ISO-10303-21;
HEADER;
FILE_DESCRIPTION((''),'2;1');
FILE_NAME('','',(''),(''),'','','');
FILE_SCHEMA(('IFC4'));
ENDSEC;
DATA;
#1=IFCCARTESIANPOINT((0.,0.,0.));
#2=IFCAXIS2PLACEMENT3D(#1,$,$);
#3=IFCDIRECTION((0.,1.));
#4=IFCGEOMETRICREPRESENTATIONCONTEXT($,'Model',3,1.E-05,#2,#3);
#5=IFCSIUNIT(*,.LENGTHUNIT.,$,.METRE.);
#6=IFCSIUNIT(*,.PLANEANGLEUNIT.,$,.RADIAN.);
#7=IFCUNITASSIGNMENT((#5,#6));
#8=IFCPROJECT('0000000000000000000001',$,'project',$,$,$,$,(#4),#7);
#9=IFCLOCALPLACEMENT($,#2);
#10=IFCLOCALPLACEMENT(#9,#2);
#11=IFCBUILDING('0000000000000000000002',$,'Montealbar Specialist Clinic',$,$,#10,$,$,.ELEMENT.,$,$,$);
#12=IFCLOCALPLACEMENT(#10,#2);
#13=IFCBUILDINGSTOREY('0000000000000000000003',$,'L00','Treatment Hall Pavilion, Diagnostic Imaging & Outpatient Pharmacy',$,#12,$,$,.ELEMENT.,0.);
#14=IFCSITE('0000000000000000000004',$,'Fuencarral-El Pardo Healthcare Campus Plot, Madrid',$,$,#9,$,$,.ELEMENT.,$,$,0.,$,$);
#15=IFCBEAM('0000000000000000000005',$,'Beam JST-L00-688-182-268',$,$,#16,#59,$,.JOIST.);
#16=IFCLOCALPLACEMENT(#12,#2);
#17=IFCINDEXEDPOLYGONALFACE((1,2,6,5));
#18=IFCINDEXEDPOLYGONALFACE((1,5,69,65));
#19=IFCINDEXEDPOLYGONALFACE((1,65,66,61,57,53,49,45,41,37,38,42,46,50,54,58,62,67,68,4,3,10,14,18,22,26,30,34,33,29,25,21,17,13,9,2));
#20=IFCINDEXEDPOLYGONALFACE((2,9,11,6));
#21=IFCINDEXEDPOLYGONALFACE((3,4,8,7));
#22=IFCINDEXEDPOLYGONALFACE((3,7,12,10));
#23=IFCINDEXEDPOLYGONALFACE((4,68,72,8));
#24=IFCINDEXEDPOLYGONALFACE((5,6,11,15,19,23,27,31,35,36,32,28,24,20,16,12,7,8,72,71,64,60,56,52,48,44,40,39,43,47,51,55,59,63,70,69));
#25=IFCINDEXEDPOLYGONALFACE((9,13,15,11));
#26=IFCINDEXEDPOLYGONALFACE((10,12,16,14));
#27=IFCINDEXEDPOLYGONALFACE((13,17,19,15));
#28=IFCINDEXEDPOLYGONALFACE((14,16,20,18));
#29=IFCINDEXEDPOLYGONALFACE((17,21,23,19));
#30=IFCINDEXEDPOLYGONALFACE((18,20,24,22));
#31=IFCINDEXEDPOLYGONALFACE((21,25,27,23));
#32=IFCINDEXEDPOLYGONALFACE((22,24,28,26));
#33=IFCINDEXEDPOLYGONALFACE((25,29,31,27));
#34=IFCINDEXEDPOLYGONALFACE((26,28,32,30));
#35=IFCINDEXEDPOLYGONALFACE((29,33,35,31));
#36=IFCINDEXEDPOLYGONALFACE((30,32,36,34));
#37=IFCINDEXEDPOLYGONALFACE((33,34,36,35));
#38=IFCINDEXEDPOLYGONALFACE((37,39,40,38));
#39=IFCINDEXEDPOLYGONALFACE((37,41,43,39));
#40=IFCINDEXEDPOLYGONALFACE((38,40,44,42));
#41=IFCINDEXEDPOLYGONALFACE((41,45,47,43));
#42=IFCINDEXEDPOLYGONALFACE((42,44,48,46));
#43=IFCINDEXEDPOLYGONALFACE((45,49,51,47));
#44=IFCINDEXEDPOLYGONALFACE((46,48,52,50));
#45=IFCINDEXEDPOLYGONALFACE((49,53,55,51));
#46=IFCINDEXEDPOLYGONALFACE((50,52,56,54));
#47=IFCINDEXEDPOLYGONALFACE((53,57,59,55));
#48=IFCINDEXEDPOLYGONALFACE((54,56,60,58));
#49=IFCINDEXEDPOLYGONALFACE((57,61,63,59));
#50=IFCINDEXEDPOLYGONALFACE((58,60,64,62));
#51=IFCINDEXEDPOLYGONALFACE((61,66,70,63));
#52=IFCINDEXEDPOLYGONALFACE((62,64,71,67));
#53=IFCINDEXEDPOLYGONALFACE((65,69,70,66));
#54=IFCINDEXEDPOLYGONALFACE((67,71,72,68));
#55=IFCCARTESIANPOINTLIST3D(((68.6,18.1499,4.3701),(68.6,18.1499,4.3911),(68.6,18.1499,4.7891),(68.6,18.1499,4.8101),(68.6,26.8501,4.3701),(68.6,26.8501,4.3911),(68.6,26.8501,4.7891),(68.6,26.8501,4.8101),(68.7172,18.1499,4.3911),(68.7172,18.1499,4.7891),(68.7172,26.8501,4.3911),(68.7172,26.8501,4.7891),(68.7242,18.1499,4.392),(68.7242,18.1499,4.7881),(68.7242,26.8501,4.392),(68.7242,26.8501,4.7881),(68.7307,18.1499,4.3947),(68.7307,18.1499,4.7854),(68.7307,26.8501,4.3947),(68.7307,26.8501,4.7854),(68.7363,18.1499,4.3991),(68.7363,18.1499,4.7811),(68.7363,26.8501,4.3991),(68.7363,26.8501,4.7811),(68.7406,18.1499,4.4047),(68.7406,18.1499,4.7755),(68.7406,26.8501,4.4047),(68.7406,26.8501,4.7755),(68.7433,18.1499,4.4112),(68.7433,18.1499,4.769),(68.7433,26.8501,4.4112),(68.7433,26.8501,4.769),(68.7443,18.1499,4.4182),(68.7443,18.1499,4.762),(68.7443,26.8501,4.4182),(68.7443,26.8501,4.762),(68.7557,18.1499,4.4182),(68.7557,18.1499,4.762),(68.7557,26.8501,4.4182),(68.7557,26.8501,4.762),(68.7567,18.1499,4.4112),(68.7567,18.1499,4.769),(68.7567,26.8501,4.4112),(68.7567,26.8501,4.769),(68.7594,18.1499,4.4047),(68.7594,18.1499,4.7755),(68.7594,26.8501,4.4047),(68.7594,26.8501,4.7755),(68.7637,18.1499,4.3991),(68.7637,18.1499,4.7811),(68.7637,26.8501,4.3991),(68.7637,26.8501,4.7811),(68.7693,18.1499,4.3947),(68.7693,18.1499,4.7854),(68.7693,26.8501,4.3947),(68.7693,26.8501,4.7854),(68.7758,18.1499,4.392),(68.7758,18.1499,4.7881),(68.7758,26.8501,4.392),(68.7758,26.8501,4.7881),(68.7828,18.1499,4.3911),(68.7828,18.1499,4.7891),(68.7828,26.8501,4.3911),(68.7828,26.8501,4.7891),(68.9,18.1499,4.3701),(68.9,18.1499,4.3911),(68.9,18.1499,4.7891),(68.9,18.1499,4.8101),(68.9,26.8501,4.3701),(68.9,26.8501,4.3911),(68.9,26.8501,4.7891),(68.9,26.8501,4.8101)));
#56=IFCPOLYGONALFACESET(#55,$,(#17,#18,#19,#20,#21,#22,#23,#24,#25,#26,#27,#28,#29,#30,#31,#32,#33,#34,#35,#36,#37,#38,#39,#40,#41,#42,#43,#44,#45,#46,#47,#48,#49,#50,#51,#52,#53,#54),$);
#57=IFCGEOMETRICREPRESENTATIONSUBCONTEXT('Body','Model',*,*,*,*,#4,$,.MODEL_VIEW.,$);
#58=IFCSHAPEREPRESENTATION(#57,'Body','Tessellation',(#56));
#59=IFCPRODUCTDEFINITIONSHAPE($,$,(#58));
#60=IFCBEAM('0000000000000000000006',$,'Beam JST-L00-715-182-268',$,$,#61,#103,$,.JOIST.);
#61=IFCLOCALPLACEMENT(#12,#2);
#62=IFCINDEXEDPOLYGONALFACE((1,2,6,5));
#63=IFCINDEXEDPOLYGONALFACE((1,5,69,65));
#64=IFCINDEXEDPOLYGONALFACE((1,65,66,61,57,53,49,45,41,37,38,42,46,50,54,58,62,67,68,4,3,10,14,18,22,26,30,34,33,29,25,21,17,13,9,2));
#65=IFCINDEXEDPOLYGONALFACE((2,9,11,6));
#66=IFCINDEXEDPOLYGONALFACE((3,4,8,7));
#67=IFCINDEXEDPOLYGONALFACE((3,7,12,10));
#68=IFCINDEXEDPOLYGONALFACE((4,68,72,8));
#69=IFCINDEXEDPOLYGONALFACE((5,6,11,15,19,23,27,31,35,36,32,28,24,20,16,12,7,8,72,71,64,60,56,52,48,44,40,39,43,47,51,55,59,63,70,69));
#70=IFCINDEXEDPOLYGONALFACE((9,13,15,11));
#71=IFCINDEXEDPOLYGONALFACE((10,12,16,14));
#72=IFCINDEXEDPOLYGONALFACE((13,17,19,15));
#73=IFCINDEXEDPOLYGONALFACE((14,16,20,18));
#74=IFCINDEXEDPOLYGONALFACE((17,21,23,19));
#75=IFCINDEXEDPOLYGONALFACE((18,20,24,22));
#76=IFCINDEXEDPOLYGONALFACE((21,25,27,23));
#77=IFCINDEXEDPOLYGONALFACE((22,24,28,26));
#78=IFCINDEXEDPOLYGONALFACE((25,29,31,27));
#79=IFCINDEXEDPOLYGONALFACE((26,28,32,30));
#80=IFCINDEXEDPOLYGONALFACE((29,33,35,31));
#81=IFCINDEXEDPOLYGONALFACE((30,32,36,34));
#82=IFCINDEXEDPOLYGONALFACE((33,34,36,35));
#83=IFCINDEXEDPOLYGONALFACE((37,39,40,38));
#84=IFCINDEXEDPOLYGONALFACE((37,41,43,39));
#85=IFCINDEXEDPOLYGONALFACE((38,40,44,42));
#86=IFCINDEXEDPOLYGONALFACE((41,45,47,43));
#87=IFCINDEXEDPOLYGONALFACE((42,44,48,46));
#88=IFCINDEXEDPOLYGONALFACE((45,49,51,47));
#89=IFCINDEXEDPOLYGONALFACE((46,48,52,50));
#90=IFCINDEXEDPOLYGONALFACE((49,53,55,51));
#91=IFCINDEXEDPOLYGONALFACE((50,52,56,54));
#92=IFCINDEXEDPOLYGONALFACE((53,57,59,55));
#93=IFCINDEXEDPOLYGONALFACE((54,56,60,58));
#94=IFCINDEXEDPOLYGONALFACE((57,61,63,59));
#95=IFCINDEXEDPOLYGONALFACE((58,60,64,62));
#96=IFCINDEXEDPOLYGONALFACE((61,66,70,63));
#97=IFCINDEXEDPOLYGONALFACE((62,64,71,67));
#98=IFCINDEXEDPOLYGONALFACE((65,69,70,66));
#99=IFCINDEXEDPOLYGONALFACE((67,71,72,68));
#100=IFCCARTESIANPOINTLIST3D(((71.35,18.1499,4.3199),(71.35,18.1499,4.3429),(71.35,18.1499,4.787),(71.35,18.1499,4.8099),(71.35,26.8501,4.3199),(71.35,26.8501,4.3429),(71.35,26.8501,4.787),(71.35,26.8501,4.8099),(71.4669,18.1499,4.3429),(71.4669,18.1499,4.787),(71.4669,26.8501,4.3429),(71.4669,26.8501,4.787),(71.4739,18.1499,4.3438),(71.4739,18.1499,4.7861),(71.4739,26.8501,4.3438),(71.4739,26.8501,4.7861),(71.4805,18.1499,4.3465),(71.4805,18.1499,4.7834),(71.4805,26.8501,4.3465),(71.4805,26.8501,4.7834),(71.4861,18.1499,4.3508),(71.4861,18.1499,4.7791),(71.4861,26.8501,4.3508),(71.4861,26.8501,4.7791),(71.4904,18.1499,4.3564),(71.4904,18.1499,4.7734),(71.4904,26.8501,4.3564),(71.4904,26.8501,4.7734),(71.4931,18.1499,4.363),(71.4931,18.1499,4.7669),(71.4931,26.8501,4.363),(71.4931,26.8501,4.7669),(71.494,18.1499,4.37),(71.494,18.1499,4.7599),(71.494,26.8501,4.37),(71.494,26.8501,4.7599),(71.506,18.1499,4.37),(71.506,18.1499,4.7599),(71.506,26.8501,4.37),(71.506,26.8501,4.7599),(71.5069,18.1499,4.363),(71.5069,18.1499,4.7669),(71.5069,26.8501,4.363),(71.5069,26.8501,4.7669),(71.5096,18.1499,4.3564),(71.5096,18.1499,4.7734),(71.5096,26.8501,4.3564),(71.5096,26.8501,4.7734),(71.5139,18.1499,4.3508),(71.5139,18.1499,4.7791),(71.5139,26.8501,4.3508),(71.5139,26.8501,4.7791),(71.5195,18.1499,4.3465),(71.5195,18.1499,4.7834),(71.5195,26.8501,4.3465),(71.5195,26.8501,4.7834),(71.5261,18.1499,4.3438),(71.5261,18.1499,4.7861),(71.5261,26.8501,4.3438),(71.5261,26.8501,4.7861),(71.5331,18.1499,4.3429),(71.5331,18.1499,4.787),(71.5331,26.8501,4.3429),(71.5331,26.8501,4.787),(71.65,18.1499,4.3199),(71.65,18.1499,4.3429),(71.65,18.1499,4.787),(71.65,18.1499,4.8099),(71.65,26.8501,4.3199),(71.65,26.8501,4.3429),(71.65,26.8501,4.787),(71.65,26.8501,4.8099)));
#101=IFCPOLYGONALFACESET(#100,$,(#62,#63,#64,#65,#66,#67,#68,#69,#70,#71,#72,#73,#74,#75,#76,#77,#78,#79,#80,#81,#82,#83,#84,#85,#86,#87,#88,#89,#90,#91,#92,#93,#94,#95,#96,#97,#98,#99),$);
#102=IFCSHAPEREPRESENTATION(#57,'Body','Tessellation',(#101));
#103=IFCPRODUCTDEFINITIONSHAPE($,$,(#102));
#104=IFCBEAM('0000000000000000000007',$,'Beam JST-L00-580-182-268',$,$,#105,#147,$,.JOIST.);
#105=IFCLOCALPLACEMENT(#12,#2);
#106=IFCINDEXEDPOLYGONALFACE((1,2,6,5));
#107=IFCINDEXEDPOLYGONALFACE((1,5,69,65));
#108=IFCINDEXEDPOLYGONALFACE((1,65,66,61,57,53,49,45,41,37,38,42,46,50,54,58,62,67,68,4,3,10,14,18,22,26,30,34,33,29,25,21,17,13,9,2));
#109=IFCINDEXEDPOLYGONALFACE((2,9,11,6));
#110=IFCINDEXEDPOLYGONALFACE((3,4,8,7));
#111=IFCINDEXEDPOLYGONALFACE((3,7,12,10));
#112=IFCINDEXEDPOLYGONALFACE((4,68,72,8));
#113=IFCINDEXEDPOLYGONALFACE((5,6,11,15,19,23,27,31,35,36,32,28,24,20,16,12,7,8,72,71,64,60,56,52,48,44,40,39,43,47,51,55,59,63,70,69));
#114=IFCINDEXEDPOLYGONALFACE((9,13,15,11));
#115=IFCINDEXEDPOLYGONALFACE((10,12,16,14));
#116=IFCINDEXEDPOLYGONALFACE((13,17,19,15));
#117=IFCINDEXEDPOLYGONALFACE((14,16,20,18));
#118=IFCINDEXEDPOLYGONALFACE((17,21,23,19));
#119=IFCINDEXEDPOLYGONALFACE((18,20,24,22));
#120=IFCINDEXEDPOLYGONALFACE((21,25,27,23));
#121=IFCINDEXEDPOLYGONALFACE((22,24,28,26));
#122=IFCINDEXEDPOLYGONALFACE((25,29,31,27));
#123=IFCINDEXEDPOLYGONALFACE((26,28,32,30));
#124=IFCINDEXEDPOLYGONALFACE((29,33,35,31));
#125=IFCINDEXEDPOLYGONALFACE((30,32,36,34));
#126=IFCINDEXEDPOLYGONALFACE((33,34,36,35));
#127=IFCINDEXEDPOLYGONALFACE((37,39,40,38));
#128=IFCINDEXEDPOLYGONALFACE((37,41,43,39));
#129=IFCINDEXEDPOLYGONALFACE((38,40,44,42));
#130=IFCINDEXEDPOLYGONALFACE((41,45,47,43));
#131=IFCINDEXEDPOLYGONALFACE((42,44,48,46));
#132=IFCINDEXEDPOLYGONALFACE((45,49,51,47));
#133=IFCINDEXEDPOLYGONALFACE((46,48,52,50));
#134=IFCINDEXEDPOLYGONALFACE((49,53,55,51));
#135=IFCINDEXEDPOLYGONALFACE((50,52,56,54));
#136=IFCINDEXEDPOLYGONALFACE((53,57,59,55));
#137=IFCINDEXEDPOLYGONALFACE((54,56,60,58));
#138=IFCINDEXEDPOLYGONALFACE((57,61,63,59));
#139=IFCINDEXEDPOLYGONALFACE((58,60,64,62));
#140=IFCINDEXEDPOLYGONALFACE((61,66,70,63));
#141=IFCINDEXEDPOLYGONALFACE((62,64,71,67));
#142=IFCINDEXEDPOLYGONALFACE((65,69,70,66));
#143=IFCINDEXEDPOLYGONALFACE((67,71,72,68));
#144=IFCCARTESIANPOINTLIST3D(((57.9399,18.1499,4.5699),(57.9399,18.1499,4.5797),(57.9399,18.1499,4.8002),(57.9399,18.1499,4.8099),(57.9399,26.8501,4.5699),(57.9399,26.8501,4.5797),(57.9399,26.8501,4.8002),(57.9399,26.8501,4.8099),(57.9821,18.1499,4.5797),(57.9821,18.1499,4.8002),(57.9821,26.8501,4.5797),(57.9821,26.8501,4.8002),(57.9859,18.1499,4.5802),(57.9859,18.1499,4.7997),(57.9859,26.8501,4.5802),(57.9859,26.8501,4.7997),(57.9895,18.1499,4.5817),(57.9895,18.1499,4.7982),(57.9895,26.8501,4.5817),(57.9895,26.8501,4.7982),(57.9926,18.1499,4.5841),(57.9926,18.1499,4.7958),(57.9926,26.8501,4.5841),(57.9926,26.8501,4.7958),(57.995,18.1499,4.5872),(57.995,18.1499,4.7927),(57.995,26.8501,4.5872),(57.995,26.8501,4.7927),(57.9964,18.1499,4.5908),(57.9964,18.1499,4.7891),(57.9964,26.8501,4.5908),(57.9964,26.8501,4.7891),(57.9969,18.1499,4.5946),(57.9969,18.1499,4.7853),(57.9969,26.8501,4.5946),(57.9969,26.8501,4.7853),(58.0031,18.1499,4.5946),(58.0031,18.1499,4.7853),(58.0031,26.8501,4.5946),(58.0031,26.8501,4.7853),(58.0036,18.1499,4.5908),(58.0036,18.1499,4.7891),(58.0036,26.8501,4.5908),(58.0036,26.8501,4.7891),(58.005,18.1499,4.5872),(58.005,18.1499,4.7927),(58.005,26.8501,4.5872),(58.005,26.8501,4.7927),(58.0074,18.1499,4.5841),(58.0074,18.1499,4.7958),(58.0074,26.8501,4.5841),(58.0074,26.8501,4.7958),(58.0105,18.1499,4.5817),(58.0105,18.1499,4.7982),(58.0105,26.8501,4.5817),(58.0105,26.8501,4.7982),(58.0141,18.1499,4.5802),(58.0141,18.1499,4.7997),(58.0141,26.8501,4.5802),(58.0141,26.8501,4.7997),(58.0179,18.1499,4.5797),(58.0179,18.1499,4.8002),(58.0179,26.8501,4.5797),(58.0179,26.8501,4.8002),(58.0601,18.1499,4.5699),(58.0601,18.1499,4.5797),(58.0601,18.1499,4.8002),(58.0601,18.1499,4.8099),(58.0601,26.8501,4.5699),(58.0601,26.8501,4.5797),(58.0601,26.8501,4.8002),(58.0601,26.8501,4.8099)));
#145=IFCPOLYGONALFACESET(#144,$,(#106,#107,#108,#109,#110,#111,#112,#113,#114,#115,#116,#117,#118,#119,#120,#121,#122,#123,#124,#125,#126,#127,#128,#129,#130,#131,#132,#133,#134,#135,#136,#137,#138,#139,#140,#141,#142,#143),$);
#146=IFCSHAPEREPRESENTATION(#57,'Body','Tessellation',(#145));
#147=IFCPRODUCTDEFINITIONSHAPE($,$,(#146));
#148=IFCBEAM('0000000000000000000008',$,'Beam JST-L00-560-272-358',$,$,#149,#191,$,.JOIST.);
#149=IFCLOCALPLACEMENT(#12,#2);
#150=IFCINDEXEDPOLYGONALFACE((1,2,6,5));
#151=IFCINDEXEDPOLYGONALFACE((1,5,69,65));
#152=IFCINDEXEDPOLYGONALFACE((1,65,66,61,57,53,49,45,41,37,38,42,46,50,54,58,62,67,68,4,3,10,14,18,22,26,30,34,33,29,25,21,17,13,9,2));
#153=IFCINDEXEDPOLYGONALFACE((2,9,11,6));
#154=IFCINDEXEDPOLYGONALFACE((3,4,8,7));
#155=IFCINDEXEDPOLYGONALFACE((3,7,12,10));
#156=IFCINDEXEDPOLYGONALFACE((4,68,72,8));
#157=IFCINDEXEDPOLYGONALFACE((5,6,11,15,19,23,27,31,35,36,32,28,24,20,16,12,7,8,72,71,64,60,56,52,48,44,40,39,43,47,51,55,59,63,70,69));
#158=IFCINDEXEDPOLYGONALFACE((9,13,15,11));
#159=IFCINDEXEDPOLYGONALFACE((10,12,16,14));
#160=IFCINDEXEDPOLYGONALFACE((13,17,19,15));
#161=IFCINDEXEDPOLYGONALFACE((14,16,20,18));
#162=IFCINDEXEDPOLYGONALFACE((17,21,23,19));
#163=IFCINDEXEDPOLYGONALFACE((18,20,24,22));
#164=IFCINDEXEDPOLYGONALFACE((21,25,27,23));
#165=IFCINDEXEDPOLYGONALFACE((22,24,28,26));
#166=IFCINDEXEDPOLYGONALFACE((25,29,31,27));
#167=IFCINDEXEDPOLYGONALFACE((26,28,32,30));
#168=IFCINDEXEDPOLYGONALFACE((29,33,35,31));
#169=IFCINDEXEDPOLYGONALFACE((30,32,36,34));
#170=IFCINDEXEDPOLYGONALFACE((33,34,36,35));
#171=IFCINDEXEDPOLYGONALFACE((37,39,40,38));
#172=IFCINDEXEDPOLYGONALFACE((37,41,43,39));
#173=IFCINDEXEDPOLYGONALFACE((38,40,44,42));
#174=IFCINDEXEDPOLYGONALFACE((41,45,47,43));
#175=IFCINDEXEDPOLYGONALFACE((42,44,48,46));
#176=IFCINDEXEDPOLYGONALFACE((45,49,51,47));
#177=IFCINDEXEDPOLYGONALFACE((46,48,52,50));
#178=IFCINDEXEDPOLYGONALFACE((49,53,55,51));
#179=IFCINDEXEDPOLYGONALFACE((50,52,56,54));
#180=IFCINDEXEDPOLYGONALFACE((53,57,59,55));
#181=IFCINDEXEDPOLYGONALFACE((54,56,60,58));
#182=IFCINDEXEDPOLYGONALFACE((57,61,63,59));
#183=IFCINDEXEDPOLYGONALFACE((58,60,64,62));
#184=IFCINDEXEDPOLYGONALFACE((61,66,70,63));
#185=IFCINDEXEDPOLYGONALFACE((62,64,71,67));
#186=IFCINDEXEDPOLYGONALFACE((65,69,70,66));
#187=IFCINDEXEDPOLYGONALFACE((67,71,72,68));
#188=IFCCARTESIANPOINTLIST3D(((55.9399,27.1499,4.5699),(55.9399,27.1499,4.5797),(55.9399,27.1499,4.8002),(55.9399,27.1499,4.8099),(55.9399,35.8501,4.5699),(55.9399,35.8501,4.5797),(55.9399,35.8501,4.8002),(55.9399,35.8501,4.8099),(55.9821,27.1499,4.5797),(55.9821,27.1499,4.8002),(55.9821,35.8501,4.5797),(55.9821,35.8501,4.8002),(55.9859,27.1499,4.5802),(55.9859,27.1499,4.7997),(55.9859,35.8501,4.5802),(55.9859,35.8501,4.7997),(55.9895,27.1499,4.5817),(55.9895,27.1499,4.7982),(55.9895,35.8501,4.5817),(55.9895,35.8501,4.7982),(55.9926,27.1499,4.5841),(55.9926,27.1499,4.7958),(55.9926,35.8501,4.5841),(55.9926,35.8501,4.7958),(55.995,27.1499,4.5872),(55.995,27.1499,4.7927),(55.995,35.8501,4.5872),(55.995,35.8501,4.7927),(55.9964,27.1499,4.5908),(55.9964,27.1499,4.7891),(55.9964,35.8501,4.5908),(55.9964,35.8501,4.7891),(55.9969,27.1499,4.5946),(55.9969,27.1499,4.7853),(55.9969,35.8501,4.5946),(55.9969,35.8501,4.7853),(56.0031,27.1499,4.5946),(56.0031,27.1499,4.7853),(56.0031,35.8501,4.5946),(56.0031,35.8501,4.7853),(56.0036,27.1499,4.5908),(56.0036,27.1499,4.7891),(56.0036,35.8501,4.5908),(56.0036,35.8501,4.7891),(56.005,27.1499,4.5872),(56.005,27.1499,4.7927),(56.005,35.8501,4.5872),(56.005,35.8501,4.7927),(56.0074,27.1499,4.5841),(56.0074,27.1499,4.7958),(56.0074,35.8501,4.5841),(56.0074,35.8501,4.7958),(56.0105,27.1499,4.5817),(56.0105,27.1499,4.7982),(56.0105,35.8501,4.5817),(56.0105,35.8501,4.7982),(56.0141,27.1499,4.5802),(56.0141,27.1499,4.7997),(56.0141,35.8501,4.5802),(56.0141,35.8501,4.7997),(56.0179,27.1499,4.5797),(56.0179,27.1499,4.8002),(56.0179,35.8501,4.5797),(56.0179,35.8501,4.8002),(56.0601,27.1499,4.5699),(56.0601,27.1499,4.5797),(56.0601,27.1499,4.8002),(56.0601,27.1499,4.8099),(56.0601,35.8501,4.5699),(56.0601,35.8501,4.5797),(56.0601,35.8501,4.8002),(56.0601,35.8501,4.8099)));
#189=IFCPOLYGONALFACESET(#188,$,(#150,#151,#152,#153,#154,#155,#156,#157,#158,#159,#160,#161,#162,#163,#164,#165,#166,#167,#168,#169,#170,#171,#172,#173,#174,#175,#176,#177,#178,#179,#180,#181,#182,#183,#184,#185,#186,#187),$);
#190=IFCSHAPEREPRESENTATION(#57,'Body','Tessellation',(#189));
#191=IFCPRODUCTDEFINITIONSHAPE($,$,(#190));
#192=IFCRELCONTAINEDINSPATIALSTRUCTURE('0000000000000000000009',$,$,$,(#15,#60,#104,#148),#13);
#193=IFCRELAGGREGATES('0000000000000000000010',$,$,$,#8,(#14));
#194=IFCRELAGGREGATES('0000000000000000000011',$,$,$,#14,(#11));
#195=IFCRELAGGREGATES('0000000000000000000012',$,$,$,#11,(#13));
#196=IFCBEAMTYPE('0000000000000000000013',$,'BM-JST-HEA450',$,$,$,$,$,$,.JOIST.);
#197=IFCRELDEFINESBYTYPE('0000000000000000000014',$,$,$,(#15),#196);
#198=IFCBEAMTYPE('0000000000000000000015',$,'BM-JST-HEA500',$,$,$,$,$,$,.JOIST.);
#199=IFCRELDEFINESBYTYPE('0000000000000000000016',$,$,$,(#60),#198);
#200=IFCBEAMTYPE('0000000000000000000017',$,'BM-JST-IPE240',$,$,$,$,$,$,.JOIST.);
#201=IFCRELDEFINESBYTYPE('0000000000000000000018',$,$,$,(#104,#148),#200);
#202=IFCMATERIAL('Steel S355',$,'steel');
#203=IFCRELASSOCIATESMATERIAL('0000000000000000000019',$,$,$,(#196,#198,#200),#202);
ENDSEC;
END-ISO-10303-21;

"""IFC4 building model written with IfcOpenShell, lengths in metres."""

from ifc_helpers import new_model, si_unit, direction, frame, origin, origin_2d, place, context, subcontext, project, spatial, i_section, extrude, material, material_profile, profile_set, type_object, element, save


model = new_model("IFC4")

# Units and contexts
model_context = context("Model", 3, precision=1e-05, world=origin(), true_north=direction((0.0, 1.0)))
body_context = subcontext(model_context, "Body", "Model", "MODEL_VIEW")
ifc_project = project(units=[si_unit("LENGTHUNIT", "METRE"), si_unit("PLANEANGLEUNIT", "RADIAN")], contexts=[model_context])

# Site, building, storey
site_placement = place(None, origin())
site = spatial("IfcSite", under=ifc_project, at=site_placement, Name="Fuencarral-El Pardo Healthcare Campus Plot, Madrid", CompositionType="ELEMENT", RefElevation=0.0)
building_placement = place(site_placement, origin())
building = spatial("IfcBuilding", under=site, at=building_placement, Name="Montealbar Specialist Clinic", CompositionType="ELEMENT")
storey_placement = place(building_placement, origin())
storey = spatial("IfcBuildingStorey", under=building, at=storey_placement, Name="L00", Description="Treatment Hall Pavilion, Diagnostic Imaging & Outpatient Pharmacy", CompositionType="ELEMENT", Elevation=0.0)

# Shared definitions
ifc_material_1 = material(Name="Steel S355", Category="steel")

# Beams
ifc_material_profile_1 = material_profile(ifc_material_1, i_section(OverallWidth=0.3, OverallDepth=0.4399, WebThickness=0.0115, FlangeThickness=0.021, FilletRadius=0.0271, at=origin_2d()), Name="HEA 450", Category="steel")
ifc_profile_set_1 = profile_set([ifc_material_profile_1], Name="Steel S355")
beam_type_1 = type_object("IfcBeamType", Name="BM-JST-HEA450", PredefinedType="JOIST", material=ifc_profile_set_1)
beam_1_placement = place(storey_placement, frame((68.75, 18.1499, 4.5901), z_axis=(0.0, 1.0, 0.0), x_axis=(-1.0, 0.0, 0.0)))
element("IfcBeam", 1, at=beam_1_placement, inside=storey, type_object=beam_type_1, Name="Beam JST-L00-688-182-268", PredefinedType="JOIST", context=body_context, shape_type="SweptSolid", body=[
    extrude(i_section(OverallWidth=0.3, OverallDepth=0.4399, WebThickness=0.0115, FlangeThickness=0.021, FilletRadius=0.0271, at=origin_2d()), origin(), (0.0, 0.0, 1.0), 8.7002),
])
ifc_material_profile_2 = material_profile(ifc_material_1, i_section(OverallWidth=0.3, OverallDepth=0.49, WebThickness=0.012, FlangeThickness=0.0229, FilletRadius=0.0271, at=origin_2d()), Name="HEA 500", Category="steel")
ifc_profile_set_2 = profile_set([ifc_material_profile_2], Name="Steel S355")
beam_type_2 = type_object("IfcBeamType", Name="BM-JST-HEA500", PredefinedType="JOIST", material=ifc_profile_set_2)
beam_2_placement = place(storey_placement, frame((71.5, 18.1499, 4.5649), z_axis=(0.0, 1.0, 0.0), x_axis=(-1.0, 0.0, 0.0)))
element("IfcBeam", 2, at=beam_2_placement, inside=storey, type_object=beam_type_2, Name="Beam JST-L00-715-182-268", PredefinedType="JOIST", context=body_context, shape_type="SweptSolid", body=[
    extrude(i_section(OverallWidth=0.3, OverallDepth=0.49, WebThickness=0.012, FlangeThickness=0.0229, FilletRadius=0.0271, at=origin_2d()), origin(), (0.0, 0.0, 1.0), 8.7002),
])
ifc_material_profile_3 = material_profile(ifc_material_1, i_section(OverallWidth=0.1201, OverallDepth=0.24, WebThickness=0.0061, FlangeThickness=0.0098, FilletRadius=0.0149, at=origin_2d()), Name="IPE 240", Category="steel")
ifc_profile_set_3 = profile_set([ifc_material_profile_3], Name="Steel S355")
beam_type_3 = type_object("IfcBeamType", Name="BM-JST-IPE240", PredefinedType="JOIST", material=ifc_profile_set_3)
for number, where, z_axis, x_axis, name in (
    (3, (58.0, 18.1499, 4.6899), (0.0, 1.0, 0.0), (-1.0, 0.0, 0.0), "Beam JST-L00-580-182-268"),
    (4, (56.0, 27.1499, 4.6899), (0.0, 1.0, 0.0), (-1.0, 0.0, 0.0), "Beam JST-L00-560-272-358"),
):
    element("IfcBeam", number, at=place(storey_placement, frame(where, z_axis=z_axis, x_axis=x_axis)), inside=storey, type_object=beam_type_3, Name=name, PredefinedType="JOIST", context=body_context, shape_type="SweptSolid", body=[
        extrude(i_section(OverallWidth=0.1201, OverallDepth=0.24, WebThickness=0.0061, FlangeThickness=0.0098, FilletRadius=0.0149, at=origin_2d()), origin(), (0.0, 0.0, 1.0), 8.7002),
    ])

save(model, "model.ifc")
